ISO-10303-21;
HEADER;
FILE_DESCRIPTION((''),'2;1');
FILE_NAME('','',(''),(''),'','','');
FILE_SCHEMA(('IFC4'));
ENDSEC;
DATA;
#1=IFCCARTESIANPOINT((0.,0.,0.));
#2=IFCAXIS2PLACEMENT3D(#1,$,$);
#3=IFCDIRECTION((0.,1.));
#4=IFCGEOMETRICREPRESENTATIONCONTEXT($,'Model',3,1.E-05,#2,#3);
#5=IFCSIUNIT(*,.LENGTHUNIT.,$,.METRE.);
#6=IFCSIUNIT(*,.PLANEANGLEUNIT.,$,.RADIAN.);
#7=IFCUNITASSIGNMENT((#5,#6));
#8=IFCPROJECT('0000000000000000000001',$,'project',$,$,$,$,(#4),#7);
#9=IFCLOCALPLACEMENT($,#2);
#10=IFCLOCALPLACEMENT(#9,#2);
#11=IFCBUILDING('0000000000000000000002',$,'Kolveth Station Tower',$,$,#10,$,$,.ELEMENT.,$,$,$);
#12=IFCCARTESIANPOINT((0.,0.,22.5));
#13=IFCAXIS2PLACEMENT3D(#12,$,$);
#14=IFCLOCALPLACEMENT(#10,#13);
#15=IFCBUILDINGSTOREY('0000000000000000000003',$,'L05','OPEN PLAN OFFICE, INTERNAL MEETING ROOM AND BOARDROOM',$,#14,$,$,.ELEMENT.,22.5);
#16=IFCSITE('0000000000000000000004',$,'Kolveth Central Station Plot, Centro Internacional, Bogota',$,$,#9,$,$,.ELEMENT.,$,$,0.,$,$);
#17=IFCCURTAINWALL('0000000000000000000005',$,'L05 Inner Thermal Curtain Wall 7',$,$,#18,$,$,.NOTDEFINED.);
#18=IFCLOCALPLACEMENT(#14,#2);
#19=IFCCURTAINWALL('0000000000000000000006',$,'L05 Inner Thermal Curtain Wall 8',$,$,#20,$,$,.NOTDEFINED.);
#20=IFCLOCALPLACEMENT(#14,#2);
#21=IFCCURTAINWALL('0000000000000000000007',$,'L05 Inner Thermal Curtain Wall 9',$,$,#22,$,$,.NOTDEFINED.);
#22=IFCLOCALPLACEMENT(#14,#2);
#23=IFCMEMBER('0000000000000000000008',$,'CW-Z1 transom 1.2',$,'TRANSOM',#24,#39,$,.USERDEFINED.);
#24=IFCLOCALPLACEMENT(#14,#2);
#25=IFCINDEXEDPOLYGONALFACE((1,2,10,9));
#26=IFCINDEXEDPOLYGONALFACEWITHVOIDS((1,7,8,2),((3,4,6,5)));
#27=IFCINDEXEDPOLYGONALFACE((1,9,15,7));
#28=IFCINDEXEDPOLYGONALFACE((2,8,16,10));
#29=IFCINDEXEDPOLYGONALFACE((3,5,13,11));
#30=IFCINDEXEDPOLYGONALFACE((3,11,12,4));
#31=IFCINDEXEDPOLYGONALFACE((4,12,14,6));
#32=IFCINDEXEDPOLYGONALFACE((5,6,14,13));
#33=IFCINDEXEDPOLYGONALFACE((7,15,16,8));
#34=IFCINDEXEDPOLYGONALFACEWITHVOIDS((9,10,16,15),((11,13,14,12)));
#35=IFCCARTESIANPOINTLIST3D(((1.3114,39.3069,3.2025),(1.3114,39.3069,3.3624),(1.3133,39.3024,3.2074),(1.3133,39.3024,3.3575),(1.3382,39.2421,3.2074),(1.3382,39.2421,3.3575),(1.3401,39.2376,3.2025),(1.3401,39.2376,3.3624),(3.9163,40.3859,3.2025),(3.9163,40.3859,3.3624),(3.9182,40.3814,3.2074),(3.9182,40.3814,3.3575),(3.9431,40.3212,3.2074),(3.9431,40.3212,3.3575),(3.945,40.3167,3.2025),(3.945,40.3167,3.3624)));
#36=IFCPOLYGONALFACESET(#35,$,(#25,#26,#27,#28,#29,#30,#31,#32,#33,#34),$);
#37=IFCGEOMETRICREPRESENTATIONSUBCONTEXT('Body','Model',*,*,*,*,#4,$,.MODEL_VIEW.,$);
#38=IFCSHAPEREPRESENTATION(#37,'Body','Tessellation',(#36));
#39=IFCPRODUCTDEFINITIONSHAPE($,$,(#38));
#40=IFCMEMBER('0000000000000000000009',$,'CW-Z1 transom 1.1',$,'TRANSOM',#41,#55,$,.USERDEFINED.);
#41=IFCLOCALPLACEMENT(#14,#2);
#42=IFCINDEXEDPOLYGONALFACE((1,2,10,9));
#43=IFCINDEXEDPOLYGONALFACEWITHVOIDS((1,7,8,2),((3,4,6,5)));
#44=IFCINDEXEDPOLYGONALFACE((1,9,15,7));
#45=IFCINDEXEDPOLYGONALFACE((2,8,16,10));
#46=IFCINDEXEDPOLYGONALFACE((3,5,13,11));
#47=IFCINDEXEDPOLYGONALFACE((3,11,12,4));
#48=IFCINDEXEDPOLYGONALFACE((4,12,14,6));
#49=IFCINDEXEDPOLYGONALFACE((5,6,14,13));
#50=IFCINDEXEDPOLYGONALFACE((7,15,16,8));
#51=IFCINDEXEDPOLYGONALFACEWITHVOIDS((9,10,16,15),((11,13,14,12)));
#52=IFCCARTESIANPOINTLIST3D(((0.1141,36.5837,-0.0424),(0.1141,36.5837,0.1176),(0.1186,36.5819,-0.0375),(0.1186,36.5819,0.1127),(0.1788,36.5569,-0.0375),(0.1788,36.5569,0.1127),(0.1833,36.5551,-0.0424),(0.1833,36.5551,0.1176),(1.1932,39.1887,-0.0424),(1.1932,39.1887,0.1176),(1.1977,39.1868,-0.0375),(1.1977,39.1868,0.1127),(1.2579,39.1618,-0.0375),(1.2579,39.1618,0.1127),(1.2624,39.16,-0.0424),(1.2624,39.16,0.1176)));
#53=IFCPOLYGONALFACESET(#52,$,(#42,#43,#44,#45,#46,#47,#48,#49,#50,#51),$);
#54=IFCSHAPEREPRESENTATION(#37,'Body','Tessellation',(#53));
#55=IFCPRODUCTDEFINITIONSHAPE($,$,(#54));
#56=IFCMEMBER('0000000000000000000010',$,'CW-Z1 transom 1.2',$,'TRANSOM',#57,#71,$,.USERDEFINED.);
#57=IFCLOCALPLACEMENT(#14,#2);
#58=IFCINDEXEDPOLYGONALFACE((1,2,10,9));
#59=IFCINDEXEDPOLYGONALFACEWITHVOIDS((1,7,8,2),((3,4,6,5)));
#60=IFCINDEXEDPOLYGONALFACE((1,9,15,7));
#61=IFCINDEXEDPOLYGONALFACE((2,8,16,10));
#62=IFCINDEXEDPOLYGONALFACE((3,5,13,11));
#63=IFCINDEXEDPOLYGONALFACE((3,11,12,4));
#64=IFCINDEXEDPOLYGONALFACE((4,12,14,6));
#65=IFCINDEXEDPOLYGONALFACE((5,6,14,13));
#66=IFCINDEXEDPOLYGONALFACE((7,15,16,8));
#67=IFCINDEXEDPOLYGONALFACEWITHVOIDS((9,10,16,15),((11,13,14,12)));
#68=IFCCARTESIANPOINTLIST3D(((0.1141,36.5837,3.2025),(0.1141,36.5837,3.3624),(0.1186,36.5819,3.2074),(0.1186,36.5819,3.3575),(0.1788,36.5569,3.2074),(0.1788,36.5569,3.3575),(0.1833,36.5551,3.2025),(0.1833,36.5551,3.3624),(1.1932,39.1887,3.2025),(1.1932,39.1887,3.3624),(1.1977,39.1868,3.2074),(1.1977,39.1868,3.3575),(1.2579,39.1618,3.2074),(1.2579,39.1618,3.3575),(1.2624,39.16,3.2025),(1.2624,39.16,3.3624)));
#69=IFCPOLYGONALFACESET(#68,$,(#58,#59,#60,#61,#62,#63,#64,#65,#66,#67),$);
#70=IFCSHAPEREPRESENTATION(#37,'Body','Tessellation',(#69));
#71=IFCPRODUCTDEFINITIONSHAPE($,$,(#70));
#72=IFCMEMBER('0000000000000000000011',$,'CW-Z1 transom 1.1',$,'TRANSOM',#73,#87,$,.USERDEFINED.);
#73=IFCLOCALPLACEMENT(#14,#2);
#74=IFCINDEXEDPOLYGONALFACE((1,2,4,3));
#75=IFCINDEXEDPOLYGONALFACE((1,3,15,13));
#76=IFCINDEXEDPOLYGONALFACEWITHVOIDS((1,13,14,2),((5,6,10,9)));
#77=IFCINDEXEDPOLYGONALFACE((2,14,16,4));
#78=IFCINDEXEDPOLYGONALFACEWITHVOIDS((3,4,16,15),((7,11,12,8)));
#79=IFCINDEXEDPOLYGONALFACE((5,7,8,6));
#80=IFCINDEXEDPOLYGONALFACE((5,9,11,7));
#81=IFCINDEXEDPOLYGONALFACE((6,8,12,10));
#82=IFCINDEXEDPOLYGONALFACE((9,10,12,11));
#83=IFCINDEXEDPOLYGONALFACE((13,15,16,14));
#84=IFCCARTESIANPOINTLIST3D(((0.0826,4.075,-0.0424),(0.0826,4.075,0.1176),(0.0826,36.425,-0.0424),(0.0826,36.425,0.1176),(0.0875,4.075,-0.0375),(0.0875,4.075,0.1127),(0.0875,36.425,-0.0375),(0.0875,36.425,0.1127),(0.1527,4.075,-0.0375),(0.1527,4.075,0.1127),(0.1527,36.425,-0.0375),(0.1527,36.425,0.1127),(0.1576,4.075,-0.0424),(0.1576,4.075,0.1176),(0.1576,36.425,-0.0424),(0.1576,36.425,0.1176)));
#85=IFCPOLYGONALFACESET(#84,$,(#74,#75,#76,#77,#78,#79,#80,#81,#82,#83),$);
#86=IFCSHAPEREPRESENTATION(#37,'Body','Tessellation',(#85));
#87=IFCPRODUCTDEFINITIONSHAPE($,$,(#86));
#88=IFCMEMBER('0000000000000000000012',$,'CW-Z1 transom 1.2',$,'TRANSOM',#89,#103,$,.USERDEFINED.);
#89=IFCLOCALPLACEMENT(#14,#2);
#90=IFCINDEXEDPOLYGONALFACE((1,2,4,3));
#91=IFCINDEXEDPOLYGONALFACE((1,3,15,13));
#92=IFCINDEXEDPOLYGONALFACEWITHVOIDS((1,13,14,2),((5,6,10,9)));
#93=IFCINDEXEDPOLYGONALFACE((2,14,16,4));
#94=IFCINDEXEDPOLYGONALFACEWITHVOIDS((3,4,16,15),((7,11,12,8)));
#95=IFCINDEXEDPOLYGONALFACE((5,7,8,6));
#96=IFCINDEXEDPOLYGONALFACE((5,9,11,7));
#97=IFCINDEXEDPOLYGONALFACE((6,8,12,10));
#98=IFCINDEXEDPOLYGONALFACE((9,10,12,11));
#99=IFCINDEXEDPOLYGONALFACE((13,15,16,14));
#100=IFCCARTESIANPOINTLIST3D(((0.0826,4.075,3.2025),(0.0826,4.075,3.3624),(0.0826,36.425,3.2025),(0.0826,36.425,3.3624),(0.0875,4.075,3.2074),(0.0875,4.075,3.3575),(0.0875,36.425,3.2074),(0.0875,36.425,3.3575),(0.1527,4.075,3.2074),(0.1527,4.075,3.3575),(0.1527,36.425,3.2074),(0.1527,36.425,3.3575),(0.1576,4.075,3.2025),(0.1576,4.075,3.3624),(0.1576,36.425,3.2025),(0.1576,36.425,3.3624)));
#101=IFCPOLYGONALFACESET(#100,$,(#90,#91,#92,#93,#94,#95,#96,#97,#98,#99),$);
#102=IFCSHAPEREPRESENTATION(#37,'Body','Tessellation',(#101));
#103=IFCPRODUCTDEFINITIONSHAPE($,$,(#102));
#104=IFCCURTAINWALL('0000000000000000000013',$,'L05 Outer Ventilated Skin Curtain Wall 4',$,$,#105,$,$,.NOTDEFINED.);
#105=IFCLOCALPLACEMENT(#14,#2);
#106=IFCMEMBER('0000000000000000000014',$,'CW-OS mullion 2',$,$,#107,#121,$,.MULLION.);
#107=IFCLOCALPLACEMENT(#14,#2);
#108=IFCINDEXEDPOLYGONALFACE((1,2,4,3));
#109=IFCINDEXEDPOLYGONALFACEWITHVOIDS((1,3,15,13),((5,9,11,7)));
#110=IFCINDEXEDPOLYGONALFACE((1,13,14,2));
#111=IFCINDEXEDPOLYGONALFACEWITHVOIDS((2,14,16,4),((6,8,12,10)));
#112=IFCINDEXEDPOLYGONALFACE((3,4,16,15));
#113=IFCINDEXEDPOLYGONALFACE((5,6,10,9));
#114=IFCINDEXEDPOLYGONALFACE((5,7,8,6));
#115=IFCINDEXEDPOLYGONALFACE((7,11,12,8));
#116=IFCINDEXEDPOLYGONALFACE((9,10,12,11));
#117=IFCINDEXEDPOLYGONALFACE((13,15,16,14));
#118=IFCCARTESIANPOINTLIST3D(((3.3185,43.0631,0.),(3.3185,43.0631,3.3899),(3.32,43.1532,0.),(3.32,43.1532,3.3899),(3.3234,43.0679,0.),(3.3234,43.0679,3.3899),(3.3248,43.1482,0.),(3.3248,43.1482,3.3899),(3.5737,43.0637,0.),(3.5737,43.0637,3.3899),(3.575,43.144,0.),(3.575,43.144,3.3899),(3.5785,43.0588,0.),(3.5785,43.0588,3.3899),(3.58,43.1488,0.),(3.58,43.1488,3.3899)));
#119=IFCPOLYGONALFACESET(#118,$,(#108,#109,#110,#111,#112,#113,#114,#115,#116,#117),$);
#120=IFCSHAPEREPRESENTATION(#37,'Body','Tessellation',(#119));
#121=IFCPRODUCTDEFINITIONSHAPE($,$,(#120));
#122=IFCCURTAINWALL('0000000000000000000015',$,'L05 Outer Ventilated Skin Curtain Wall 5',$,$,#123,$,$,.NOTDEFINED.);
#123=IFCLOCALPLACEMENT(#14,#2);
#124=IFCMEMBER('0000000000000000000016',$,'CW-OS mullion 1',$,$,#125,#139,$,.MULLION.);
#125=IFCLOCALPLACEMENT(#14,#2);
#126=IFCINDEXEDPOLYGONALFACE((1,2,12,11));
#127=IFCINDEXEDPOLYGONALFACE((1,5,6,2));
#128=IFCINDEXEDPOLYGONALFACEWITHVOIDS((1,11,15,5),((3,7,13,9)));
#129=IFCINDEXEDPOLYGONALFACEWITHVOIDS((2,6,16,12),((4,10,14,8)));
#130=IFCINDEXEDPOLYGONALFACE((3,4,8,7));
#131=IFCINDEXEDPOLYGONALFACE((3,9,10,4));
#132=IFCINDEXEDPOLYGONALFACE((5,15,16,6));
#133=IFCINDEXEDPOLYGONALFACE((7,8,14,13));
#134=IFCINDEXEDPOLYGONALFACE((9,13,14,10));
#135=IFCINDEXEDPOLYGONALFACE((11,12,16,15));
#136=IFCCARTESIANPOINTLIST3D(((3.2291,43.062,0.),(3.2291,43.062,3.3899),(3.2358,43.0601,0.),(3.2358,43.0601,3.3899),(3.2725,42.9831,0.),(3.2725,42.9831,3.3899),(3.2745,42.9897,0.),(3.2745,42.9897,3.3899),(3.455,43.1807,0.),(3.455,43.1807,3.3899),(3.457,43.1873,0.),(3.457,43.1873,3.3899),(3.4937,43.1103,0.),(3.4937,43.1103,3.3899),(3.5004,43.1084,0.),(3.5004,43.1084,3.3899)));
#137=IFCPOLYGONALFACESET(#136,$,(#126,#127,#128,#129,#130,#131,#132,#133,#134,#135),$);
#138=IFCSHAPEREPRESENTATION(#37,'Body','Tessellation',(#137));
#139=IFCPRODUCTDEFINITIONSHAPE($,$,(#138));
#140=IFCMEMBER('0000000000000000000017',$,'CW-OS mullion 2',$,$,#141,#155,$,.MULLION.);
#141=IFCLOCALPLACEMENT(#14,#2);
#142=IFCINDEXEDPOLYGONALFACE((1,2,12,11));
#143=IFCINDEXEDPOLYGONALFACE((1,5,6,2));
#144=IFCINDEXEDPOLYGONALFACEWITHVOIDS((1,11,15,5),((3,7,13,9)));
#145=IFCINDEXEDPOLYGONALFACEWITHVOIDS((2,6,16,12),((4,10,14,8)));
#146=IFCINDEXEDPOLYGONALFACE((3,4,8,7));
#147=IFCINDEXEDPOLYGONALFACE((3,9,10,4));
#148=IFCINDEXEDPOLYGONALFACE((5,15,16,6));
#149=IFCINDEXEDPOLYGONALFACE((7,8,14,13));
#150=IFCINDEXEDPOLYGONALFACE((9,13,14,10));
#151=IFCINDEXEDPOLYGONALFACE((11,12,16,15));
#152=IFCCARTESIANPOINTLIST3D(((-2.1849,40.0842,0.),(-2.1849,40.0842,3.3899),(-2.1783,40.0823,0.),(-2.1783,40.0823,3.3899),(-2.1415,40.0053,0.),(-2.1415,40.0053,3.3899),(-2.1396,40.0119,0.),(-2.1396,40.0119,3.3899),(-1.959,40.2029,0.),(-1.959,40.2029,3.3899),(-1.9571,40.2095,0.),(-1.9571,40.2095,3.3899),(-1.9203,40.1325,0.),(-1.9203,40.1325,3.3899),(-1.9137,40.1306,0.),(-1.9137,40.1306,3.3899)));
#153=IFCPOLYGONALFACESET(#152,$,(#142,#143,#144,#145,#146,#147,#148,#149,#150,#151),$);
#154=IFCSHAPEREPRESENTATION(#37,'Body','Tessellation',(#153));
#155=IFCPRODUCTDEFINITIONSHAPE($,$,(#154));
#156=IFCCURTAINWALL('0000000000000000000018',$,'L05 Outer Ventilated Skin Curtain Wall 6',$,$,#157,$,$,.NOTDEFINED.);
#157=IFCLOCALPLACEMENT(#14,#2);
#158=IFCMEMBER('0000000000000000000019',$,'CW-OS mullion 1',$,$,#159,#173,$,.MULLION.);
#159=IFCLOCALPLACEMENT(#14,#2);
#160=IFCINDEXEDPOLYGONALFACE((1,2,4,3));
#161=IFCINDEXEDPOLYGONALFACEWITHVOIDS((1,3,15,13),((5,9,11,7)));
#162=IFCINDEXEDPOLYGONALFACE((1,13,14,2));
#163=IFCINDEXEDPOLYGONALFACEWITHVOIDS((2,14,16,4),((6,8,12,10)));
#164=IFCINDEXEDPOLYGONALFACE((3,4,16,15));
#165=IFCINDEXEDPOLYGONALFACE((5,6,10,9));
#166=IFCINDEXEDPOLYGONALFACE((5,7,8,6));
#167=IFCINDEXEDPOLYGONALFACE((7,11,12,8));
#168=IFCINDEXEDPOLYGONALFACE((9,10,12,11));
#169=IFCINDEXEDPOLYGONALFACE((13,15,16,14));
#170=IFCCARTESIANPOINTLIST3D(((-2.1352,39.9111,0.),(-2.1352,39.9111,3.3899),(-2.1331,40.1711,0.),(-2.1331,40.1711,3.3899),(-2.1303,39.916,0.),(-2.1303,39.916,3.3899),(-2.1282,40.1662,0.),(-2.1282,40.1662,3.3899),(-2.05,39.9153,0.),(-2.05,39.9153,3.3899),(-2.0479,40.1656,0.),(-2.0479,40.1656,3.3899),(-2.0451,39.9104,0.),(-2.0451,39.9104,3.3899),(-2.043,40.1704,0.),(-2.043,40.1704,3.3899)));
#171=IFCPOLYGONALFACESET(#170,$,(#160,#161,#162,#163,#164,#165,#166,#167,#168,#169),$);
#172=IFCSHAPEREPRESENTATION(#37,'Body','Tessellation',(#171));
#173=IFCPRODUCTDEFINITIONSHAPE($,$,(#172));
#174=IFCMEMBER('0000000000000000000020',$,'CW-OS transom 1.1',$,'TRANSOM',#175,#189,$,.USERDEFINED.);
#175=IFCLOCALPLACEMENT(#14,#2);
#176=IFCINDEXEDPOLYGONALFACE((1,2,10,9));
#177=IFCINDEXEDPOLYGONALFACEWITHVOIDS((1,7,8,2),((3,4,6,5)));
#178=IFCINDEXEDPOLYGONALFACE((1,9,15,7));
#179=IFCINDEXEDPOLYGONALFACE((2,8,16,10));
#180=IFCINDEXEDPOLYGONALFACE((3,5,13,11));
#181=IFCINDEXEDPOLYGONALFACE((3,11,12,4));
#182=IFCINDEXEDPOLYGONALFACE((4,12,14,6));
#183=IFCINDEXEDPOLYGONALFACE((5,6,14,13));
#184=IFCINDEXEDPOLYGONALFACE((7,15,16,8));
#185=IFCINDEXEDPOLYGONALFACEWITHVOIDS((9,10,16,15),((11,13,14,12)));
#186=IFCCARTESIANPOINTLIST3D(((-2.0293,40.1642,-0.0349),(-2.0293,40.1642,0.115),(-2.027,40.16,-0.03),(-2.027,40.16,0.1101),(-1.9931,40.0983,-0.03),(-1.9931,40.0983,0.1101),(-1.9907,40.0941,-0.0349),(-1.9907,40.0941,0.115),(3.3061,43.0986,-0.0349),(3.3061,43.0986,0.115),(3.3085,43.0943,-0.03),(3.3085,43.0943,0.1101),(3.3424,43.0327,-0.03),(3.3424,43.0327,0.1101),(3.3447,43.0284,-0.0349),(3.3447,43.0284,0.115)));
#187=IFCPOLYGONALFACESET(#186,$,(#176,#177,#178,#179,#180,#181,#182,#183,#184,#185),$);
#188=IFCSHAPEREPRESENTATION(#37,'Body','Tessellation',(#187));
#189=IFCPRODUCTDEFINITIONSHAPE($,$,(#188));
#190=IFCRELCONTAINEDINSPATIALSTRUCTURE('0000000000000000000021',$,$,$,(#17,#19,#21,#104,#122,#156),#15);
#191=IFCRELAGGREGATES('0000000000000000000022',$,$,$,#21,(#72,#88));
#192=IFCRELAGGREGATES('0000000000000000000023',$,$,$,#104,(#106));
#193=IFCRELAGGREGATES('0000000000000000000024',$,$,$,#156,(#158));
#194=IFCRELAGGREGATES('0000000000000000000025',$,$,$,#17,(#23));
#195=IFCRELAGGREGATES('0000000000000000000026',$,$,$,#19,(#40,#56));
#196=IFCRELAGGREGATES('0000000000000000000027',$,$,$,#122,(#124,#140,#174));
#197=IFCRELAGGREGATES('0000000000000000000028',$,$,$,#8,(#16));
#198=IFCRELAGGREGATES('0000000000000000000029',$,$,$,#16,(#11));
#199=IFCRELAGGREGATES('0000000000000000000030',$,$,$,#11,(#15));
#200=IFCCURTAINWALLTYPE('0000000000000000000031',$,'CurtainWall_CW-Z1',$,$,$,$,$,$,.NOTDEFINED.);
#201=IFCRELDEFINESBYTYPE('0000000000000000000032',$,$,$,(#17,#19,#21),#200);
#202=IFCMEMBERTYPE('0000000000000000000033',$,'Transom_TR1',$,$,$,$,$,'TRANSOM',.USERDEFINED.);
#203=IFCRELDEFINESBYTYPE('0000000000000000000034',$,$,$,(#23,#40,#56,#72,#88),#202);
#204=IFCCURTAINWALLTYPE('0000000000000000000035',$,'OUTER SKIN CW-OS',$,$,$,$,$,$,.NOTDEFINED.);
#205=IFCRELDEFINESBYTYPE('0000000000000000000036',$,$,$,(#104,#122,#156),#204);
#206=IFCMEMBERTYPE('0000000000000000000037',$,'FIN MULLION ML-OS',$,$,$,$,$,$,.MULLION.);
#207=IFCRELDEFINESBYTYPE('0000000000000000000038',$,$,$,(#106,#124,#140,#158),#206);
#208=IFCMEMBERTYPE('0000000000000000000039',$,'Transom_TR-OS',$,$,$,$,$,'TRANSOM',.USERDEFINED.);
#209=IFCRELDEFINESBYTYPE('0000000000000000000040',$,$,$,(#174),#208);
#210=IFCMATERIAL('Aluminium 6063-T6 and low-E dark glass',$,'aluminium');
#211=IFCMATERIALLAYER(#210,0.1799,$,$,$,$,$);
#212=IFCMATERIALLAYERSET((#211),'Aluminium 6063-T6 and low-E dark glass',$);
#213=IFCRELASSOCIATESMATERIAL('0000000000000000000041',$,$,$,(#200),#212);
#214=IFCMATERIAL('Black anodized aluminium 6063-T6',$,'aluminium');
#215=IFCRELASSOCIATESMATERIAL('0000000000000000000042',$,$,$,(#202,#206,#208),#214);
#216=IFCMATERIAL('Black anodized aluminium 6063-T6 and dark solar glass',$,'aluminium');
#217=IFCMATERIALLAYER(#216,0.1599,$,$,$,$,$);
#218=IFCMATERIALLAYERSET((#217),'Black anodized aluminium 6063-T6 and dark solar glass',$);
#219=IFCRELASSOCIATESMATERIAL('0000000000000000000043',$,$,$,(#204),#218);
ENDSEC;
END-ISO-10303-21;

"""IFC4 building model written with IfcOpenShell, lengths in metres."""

from ifc_helpers import new_model, si_unit, direction, frame, origin, origin_2d, place, context, subcontext, project, spatial, hollow_rectangle, extrude, source, transform, mapped, material, layer, layer_set, material_profile, profile_set, type_object, element, aggregate, save


model = new_model("IFC4")

# Units and contexts
model_context = context("Model", 3, precision=1e-05, world=origin(), true_north=direction((0.0, 1.0)))
body_context = subcontext(model_context, "Body", "Model", "MODEL_VIEW")
ifc_project = project(units=[si_unit("LENGTHUNIT", "METRE"), si_unit("PLANEANGLEUNIT", "RADIAN")], contexts=[model_context])

# Site, building, storey
site_placement = place(None, origin())
site = spatial("IfcSite", under=ifc_project, at=site_placement, Name="Kolveth Central Station Plot, Centro Internacional, Bogota", CompositionType="ELEMENT", RefElevation=0.0)
building_placement = place(site_placement, origin())
building = spatial("IfcBuilding", under=site, at=building_placement, Name="Kolveth Station Tower", CompositionType="ELEMENT")
storey_placement = place(building_placement, frame((0.0, 0.0, 22.5)))
storey = spatial("IfcBuildingStorey", under=building, at=storey_placement, Name="L05", Description="OPEN PLAN OFFICE, INTERNAL MEETING ROOM AND BOARDROOM", CompositionType="ELEMENT", Elevation=22.5)

# Curtain walls
ifc_material_1 = material(Name="Aluminium 6063-T6 and low-E dark glass", Category="aluminium")
ifc_layer_1 = layer(ifc_material_1, 0.1799)
ifc_layer_set_1 = layer_set([ifc_layer_1], Name="Aluminium 6063-T6 and low-E dark glass")
curtain_wall_type_1 = type_object("IfcCurtainWallType", Name="CurtainWall_CW-Z1", PredefinedType="NOTDEFINED", material=ifc_layer_set_1)
curtain_wall_1_placement = place(storey_placement, origin())
curtain_wall_1 = element("IfcCurtainWall", 1, at=curtain_wall_1_placement, inside=storey, type_object=curtain_wall_type_1, Name="L05 Inner Thermal Curtain Wall 7", PredefinedType="NOTDEFINED")
ifc_material_2 = material(Name="Black anodized aluminium 6063-T6", Category="aluminium")
curtain_wall_2_placement = place(storey_placement, origin())
curtain_wall_2 = element("IfcCurtainWall", 2, at=curtain_wall_2_placement, inside=storey, type_object=curtain_wall_type_1, Name="L05 Inner Thermal Curtain Wall 8", PredefinedType="NOTDEFINED")

# Curtain wall
curtain_wall_3_placement = place(storey_placement, origin())
curtain_wall_3 = element("IfcCurtainWall", 3, at=curtain_wall_3_placement, inside=storey, type_object=curtain_wall_type_1, Name="L05 Inner Thermal Curtain Wall 9", PredefinedType="NOTDEFINED")

# Members
ifc_material_profile_1 = material_profile(ifc_material_2, hollow_rectangle(XDim=0.075, YDim=0.1599, WallThickness=0.0049, at=origin_2d()), Name="ALU-75x160x5")
ifc_profile_set_1 = profile_set([ifc_material_profile_1], Name="Black anodized aluminium 6063-T6")
member_type_1 = type_object("IfcMemberType", Name="Transom_TR1", ElementType="TRANSOM", PredefinedType="USERDEFINED", material=ifc_profile_set_1)
shared_shape_1 = source(origin(), body_context, "Body", "SweptSolid", [
    extrude(hollow_rectangle(XDim=0.075, YDim=0.1599, WallThickness=0.0049, at=origin_2d()), origin(), (0.0, 0.0, 1.0), 2.8196),
])
member_1_placement = place(storey_placement, frame((3.9307, 40.3513, 3.2825), z_axis=(-0.923869, -0.382709, 0.0), x_axis=(0.382709, -0.923869, 0.0)))
member_1 = element("IfcMember", 4, at=member_1_placement, type_object=member_type_1, Name="CW-Z1 transom 1.2", ObjectType="TRANSOM", PredefinedType="USERDEFINED", context=body_context, shape_type="MappedRepresentation", body=[
    mapped(shared_shape_1, transform((0.0, 0.0, 0.0), x_axis=(1.0, 0.0, 0.0), y_axis=(0.0, 1.0, 0.0), z_axis=(0.0, 0.0, 1.0), scale=1.0)),
])
member_2_placement = place(storey_placement, frame((1.2278, 39.1743, 0.0376), z_axis=(-0.382709, -0.923869, 0.0), x_axis=(0.923869, -0.382709, 0.0)))
member_2 = element("IfcMember", 5, at=member_2_placement, type_object=member_type_1, Name="CW-Z1 transom 1.1", ObjectType="TRANSOM", PredefinedType="USERDEFINED", context=body_context, shape_type="MappedRepresentation", body=[
    mapped(shared_shape_1, transform((0.0, 0.0, 0.0), x_axis=(1.0, 0.0, 0.0), y_axis=(0.0, 1.0, 0.0), z_axis=(0.0, 0.0, 1.0), scale=1.0)),
])
member_3_placement = place(storey_placement, frame((1.2278, 39.1743, 3.2825), z_axis=(-0.382709, -0.923869, 0.0), x_axis=(0.923869, -0.382709, 0.0)))
member_3 = element("IfcMember", 6, at=member_3_placement, type_object=member_type_1, Name="CW-Z1 transom 1.2", ObjectType="TRANSOM", PredefinedType="USERDEFINED", context=body_context, shape_type="MappedRepresentation", body=[
    mapped(shared_shape_1, transform((0.0, 0.0, 0.0), x_axis=(1.0, 0.0, 0.0), y_axis=(0.0, 1.0, 0.0), z_axis=(0.0, 0.0, 1.0), scale=1.0)),
])
shared_shape_2 = source(origin(), body_context, "Body", "SweptSolid", [
    extrude(hollow_rectangle(XDim=0.075, YDim=0.1599, WallThickness=0.0049, at=origin_2d()), origin(), (0.0, 0.0, 1.0), 32.3501),
])
member_4_placement = place(storey_placement, frame((0.1201, 36.425, 0.0376), z_axis=(0.0, -1.0, 0.0), x_axis=(1.0, 0.0, 0.0)))
member_4 = element("IfcMember", 7, at=member_4_placement, type_object=member_type_1, Name="CW-Z1 transom 1.1", ObjectType="TRANSOM", PredefinedType="USERDEFINED", context=body_context, shape_type="MappedRepresentation", body=[
    mapped(shared_shape_2, transform((0.0, 0.0, 0.0), x_axis=(1.0, 0.0, 0.0), y_axis=(0.0, 1.0, 0.0), z_axis=(0.0, 0.0, 1.0), scale=1.0)),
])
member_5_placement = place(storey_placement, frame((0.1201, 36.425, 3.2825), z_axis=(0.0, -1.0, 0.0), x_axis=(1.0, 0.0, 0.0)))
member_5 = element("IfcMember", 8, at=member_5_placement, type_object=member_type_1, Name="CW-Z1 transom 1.2", ObjectType="TRANSOM", PredefinedType="USERDEFINED", context=body_context, shape_type="MappedRepresentation", body=[
    mapped(shared_shape_2, transform((0.0, 0.0, 0.0), x_axis=(1.0, 0.0, 0.0), y_axis=(0.0, 1.0, 0.0), z_axis=(0.0, 0.0, 1.0), scale=1.0)),
])
aggregate(curtain_wall_3, [member_4, member_5])

# Curtain wall, member
ifc_material_3 = material(Name="Black anodized aluminium 6063-T6 and dark solar glass", Category="aluminium")
ifc_layer_2 = layer(ifc_material_3, 0.1599)
ifc_layer_set_2 = layer_set([ifc_layer_2], Name="Black anodized aluminium 6063-T6 and dark solar glass")
curtain_wall_type_2 = type_object("IfcCurtainWallType", Name="OUTER SKIN CW-OS", PredefinedType="NOTDEFINED", material=ifc_layer_set_2)
curtain_wall_4_placement = place(storey_placement, origin())
curtain_wall_4 = element("IfcCurtainWall", 9, at=curtain_wall_4_placement, inside=storey, type_object=curtain_wall_type_2, Name="L05 Outer Ventilated Skin Curtain Wall 4", PredefinedType="NOTDEFINED")
ifc_material_profile_2 = material_profile(ifc_material_2, hollow_rectangle(XDim=0.0901, YDim=0.26, WallThickness=0.0049, at=origin_2d()), Name="ALU-90x260x5")
ifc_profile_set_2 = profile_set([ifc_material_profile_2], Name="Black anodized aluminium 6063-T6")
member_type_2 = type_object("IfcMemberType", Name="FIN MULLION ML-OS", PredefinedType="MULLION", material=ifc_profile_set_2)
shared_shape_3 = source(origin(), body_context, "Body", "SweptSolid", [
    extrude(hollow_rectangle(XDim=0.0901, YDim=0.26, WallThickness=0.0049, at=origin_2d()), origin(), (0.0, 0.0, 1.0), 3.3899),
])
member_6_placement = place(storey_placement, frame((3.4492, 43.106, 0.0), z_axis=(0.0, 0.0, 1.0), x_axis=(-0.016681, -0.999861, 0.0)))
member_6 = element("IfcMember", 10, at=member_6_placement, type_object=member_type_2, Name="CW-OS mullion 2", PredefinedType="MULLION", context=body_context, shape_type="MappedRepresentation", body=[
    mapped(shared_shape_3, transform((0.0, 0.0, 0.0), x_axis=(1.0, 0.0, 0.0), y_axis=(0.0, 1.0, 0.0), z_axis=(0.0, 0.0, 1.0), scale=1.0)),
])
aggregate(curtain_wall_4, [member_6])

# Curtain wall, members
curtain_wall_5_placement = place(storey_placement, origin())
curtain_wall_5 = element("IfcCurtainWall", 11, at=curtain_wall_5_placement, inside=storey, type_object=curtain_wall_type_2, Name="L05 Outer Ventilated Skin Curtain Wall 5", PredefinedType="NOTDEFINED")
member_7_placement = place(storey_placement, frame((3.3647, 43.0852, 0.0), z_axis=(0.0, 0.0, 1.0), x_axis=(0.481913, -0.876219, 0.0)))
member_7 = element("IfcMember", 12, at=member_7_placement, type_object=member_type_2, Name="CW-OS mullion 1", PredefinedType="MULLION", context=body_context, shape_type="MappedRepresentation", body=[
    mapped(shared_shape_3, transform((0.0, 0.0, 0.0), x_axis=(1.0, 0.0, 0.0), y_axis=(0.0, 1.0, 0.0), z_axis=(0.0, 0.0, 1.0), scale=1.0)),
])
member_8_placement = place(storey_placement, frame((-2.0493, 40.1074, 0.0), z_axis=(0.0, 0.0, 1.0), x_axis=(0.481913, -0.876219, 0.0)))
member_8 = element("IfcMember", 13, at=member_8_placement, type_object=member_type_2, Name="CW-OS mullion 2", PredefinedType="MULLION", context=body_context, shape_type="MappedRepresentation", body=[
    mapped(shared_shape_3, transform((0.0, 0.0, 0.0), x_axis=(1.0, 0.0, 0.0), y_axis=(0.0, 1.0, 0.0), z_axis=(0.0, 0.0, 1.0), scale=1.0)),
])

# Curtain wall, member
curtain_wall_6_placement = place(storey_placement, origin())
curtain_wall_6 = element("IfcCurtainWall", 14, at=curtain_wall_6_placement, inside=storey, type_object=curtain_wall_type_2, Name="L05 Outer Ventilated Skin Curtain Wall 6", PredefinedType="NOTDEFINED")
member_9_placement = place(storey_placement, frame((-2.0891, 40.0408, 0.0), z_axis=(0.0, 0.0, 1.0), x_axis=(0.999966, -0.008233, 0.0)))
member_9 = element("IfcMember", 15, at=member_9_placement, type_object=member_type_2, Name="CW-OS mullion 1", PredefinedType="MULLION", context=body_context, shape_type="MappedRepresentation", body=[
    mapped(shared_shape_3, transform((0.0, 0.0, 0.0), x_axis=(1.0, 0.0, 0.0), y_axis=(0.0, 1.0, 0.0), z_axis=(0.0, 0.0, 1.0), scale=1.0)),
])

# Member
ifc_material_profile_3 = material_profile(ifc_material_2, hollow_rectangle(XDim=0.0801, YDim=0.1499, WallThickness=0.0049, at=origin_2d()), Name="ALU-80x150x5")
ifc_profile_set_3 = profile_set([ifc_material_profile_3], Name="Black anodized aluminium 6063-T6")
member_type_3 = type_object("IfcMemberType", Name="Transom_TR-OS", ElementType="TRANSOM", PredefinedType="USERDEFINED", material=ifc_profile_set_3)
shared_shape_4 = source(origin(), body_context, "Body", "SweptSolid", [
    extrude(hollow_rectangle(XDim=0.0801, YDim=0.1499, WallThickness=0.0049, at=origin_2d()), origin(), (0.0, 0.0, 1.0), 6.0891),
])
member_10_placement = place(storey_placement, frame((3.3254, 43.0635, 0.04), z_axis=(-0.876228, -0.481897, 0.0), x_axis=(0.481897, -0.876228, 0.0)))
member_10 = element("IfcMember", 16, at=member_10_placement, type_object=member_type_3, Name="CW-OS transom 1.1", ObjectType="TRANSOM", PredefinedType="USERDEFINED", context=body_context, shape_type="MappedRepresentation", body=[
    mapped(shared_shape_4, transform((0.0, 0.0, 0.0), x_axis=(1.0, 0.0, 0.0), y_axis=(0.0, 1.0, 0.0), z_axis=(0.0, 0.0, 1.0), scale=1.0)),
])
aggregate(curtain_wall_6, [member_9])

aggregate(curtain_wall_1, [member_1])
aggregate(curtain_wall_2, [member_2, member_3])
aggregate(curtain_wall_5, [member_7, member_8, member_10])

save(model, "model.ifc")
